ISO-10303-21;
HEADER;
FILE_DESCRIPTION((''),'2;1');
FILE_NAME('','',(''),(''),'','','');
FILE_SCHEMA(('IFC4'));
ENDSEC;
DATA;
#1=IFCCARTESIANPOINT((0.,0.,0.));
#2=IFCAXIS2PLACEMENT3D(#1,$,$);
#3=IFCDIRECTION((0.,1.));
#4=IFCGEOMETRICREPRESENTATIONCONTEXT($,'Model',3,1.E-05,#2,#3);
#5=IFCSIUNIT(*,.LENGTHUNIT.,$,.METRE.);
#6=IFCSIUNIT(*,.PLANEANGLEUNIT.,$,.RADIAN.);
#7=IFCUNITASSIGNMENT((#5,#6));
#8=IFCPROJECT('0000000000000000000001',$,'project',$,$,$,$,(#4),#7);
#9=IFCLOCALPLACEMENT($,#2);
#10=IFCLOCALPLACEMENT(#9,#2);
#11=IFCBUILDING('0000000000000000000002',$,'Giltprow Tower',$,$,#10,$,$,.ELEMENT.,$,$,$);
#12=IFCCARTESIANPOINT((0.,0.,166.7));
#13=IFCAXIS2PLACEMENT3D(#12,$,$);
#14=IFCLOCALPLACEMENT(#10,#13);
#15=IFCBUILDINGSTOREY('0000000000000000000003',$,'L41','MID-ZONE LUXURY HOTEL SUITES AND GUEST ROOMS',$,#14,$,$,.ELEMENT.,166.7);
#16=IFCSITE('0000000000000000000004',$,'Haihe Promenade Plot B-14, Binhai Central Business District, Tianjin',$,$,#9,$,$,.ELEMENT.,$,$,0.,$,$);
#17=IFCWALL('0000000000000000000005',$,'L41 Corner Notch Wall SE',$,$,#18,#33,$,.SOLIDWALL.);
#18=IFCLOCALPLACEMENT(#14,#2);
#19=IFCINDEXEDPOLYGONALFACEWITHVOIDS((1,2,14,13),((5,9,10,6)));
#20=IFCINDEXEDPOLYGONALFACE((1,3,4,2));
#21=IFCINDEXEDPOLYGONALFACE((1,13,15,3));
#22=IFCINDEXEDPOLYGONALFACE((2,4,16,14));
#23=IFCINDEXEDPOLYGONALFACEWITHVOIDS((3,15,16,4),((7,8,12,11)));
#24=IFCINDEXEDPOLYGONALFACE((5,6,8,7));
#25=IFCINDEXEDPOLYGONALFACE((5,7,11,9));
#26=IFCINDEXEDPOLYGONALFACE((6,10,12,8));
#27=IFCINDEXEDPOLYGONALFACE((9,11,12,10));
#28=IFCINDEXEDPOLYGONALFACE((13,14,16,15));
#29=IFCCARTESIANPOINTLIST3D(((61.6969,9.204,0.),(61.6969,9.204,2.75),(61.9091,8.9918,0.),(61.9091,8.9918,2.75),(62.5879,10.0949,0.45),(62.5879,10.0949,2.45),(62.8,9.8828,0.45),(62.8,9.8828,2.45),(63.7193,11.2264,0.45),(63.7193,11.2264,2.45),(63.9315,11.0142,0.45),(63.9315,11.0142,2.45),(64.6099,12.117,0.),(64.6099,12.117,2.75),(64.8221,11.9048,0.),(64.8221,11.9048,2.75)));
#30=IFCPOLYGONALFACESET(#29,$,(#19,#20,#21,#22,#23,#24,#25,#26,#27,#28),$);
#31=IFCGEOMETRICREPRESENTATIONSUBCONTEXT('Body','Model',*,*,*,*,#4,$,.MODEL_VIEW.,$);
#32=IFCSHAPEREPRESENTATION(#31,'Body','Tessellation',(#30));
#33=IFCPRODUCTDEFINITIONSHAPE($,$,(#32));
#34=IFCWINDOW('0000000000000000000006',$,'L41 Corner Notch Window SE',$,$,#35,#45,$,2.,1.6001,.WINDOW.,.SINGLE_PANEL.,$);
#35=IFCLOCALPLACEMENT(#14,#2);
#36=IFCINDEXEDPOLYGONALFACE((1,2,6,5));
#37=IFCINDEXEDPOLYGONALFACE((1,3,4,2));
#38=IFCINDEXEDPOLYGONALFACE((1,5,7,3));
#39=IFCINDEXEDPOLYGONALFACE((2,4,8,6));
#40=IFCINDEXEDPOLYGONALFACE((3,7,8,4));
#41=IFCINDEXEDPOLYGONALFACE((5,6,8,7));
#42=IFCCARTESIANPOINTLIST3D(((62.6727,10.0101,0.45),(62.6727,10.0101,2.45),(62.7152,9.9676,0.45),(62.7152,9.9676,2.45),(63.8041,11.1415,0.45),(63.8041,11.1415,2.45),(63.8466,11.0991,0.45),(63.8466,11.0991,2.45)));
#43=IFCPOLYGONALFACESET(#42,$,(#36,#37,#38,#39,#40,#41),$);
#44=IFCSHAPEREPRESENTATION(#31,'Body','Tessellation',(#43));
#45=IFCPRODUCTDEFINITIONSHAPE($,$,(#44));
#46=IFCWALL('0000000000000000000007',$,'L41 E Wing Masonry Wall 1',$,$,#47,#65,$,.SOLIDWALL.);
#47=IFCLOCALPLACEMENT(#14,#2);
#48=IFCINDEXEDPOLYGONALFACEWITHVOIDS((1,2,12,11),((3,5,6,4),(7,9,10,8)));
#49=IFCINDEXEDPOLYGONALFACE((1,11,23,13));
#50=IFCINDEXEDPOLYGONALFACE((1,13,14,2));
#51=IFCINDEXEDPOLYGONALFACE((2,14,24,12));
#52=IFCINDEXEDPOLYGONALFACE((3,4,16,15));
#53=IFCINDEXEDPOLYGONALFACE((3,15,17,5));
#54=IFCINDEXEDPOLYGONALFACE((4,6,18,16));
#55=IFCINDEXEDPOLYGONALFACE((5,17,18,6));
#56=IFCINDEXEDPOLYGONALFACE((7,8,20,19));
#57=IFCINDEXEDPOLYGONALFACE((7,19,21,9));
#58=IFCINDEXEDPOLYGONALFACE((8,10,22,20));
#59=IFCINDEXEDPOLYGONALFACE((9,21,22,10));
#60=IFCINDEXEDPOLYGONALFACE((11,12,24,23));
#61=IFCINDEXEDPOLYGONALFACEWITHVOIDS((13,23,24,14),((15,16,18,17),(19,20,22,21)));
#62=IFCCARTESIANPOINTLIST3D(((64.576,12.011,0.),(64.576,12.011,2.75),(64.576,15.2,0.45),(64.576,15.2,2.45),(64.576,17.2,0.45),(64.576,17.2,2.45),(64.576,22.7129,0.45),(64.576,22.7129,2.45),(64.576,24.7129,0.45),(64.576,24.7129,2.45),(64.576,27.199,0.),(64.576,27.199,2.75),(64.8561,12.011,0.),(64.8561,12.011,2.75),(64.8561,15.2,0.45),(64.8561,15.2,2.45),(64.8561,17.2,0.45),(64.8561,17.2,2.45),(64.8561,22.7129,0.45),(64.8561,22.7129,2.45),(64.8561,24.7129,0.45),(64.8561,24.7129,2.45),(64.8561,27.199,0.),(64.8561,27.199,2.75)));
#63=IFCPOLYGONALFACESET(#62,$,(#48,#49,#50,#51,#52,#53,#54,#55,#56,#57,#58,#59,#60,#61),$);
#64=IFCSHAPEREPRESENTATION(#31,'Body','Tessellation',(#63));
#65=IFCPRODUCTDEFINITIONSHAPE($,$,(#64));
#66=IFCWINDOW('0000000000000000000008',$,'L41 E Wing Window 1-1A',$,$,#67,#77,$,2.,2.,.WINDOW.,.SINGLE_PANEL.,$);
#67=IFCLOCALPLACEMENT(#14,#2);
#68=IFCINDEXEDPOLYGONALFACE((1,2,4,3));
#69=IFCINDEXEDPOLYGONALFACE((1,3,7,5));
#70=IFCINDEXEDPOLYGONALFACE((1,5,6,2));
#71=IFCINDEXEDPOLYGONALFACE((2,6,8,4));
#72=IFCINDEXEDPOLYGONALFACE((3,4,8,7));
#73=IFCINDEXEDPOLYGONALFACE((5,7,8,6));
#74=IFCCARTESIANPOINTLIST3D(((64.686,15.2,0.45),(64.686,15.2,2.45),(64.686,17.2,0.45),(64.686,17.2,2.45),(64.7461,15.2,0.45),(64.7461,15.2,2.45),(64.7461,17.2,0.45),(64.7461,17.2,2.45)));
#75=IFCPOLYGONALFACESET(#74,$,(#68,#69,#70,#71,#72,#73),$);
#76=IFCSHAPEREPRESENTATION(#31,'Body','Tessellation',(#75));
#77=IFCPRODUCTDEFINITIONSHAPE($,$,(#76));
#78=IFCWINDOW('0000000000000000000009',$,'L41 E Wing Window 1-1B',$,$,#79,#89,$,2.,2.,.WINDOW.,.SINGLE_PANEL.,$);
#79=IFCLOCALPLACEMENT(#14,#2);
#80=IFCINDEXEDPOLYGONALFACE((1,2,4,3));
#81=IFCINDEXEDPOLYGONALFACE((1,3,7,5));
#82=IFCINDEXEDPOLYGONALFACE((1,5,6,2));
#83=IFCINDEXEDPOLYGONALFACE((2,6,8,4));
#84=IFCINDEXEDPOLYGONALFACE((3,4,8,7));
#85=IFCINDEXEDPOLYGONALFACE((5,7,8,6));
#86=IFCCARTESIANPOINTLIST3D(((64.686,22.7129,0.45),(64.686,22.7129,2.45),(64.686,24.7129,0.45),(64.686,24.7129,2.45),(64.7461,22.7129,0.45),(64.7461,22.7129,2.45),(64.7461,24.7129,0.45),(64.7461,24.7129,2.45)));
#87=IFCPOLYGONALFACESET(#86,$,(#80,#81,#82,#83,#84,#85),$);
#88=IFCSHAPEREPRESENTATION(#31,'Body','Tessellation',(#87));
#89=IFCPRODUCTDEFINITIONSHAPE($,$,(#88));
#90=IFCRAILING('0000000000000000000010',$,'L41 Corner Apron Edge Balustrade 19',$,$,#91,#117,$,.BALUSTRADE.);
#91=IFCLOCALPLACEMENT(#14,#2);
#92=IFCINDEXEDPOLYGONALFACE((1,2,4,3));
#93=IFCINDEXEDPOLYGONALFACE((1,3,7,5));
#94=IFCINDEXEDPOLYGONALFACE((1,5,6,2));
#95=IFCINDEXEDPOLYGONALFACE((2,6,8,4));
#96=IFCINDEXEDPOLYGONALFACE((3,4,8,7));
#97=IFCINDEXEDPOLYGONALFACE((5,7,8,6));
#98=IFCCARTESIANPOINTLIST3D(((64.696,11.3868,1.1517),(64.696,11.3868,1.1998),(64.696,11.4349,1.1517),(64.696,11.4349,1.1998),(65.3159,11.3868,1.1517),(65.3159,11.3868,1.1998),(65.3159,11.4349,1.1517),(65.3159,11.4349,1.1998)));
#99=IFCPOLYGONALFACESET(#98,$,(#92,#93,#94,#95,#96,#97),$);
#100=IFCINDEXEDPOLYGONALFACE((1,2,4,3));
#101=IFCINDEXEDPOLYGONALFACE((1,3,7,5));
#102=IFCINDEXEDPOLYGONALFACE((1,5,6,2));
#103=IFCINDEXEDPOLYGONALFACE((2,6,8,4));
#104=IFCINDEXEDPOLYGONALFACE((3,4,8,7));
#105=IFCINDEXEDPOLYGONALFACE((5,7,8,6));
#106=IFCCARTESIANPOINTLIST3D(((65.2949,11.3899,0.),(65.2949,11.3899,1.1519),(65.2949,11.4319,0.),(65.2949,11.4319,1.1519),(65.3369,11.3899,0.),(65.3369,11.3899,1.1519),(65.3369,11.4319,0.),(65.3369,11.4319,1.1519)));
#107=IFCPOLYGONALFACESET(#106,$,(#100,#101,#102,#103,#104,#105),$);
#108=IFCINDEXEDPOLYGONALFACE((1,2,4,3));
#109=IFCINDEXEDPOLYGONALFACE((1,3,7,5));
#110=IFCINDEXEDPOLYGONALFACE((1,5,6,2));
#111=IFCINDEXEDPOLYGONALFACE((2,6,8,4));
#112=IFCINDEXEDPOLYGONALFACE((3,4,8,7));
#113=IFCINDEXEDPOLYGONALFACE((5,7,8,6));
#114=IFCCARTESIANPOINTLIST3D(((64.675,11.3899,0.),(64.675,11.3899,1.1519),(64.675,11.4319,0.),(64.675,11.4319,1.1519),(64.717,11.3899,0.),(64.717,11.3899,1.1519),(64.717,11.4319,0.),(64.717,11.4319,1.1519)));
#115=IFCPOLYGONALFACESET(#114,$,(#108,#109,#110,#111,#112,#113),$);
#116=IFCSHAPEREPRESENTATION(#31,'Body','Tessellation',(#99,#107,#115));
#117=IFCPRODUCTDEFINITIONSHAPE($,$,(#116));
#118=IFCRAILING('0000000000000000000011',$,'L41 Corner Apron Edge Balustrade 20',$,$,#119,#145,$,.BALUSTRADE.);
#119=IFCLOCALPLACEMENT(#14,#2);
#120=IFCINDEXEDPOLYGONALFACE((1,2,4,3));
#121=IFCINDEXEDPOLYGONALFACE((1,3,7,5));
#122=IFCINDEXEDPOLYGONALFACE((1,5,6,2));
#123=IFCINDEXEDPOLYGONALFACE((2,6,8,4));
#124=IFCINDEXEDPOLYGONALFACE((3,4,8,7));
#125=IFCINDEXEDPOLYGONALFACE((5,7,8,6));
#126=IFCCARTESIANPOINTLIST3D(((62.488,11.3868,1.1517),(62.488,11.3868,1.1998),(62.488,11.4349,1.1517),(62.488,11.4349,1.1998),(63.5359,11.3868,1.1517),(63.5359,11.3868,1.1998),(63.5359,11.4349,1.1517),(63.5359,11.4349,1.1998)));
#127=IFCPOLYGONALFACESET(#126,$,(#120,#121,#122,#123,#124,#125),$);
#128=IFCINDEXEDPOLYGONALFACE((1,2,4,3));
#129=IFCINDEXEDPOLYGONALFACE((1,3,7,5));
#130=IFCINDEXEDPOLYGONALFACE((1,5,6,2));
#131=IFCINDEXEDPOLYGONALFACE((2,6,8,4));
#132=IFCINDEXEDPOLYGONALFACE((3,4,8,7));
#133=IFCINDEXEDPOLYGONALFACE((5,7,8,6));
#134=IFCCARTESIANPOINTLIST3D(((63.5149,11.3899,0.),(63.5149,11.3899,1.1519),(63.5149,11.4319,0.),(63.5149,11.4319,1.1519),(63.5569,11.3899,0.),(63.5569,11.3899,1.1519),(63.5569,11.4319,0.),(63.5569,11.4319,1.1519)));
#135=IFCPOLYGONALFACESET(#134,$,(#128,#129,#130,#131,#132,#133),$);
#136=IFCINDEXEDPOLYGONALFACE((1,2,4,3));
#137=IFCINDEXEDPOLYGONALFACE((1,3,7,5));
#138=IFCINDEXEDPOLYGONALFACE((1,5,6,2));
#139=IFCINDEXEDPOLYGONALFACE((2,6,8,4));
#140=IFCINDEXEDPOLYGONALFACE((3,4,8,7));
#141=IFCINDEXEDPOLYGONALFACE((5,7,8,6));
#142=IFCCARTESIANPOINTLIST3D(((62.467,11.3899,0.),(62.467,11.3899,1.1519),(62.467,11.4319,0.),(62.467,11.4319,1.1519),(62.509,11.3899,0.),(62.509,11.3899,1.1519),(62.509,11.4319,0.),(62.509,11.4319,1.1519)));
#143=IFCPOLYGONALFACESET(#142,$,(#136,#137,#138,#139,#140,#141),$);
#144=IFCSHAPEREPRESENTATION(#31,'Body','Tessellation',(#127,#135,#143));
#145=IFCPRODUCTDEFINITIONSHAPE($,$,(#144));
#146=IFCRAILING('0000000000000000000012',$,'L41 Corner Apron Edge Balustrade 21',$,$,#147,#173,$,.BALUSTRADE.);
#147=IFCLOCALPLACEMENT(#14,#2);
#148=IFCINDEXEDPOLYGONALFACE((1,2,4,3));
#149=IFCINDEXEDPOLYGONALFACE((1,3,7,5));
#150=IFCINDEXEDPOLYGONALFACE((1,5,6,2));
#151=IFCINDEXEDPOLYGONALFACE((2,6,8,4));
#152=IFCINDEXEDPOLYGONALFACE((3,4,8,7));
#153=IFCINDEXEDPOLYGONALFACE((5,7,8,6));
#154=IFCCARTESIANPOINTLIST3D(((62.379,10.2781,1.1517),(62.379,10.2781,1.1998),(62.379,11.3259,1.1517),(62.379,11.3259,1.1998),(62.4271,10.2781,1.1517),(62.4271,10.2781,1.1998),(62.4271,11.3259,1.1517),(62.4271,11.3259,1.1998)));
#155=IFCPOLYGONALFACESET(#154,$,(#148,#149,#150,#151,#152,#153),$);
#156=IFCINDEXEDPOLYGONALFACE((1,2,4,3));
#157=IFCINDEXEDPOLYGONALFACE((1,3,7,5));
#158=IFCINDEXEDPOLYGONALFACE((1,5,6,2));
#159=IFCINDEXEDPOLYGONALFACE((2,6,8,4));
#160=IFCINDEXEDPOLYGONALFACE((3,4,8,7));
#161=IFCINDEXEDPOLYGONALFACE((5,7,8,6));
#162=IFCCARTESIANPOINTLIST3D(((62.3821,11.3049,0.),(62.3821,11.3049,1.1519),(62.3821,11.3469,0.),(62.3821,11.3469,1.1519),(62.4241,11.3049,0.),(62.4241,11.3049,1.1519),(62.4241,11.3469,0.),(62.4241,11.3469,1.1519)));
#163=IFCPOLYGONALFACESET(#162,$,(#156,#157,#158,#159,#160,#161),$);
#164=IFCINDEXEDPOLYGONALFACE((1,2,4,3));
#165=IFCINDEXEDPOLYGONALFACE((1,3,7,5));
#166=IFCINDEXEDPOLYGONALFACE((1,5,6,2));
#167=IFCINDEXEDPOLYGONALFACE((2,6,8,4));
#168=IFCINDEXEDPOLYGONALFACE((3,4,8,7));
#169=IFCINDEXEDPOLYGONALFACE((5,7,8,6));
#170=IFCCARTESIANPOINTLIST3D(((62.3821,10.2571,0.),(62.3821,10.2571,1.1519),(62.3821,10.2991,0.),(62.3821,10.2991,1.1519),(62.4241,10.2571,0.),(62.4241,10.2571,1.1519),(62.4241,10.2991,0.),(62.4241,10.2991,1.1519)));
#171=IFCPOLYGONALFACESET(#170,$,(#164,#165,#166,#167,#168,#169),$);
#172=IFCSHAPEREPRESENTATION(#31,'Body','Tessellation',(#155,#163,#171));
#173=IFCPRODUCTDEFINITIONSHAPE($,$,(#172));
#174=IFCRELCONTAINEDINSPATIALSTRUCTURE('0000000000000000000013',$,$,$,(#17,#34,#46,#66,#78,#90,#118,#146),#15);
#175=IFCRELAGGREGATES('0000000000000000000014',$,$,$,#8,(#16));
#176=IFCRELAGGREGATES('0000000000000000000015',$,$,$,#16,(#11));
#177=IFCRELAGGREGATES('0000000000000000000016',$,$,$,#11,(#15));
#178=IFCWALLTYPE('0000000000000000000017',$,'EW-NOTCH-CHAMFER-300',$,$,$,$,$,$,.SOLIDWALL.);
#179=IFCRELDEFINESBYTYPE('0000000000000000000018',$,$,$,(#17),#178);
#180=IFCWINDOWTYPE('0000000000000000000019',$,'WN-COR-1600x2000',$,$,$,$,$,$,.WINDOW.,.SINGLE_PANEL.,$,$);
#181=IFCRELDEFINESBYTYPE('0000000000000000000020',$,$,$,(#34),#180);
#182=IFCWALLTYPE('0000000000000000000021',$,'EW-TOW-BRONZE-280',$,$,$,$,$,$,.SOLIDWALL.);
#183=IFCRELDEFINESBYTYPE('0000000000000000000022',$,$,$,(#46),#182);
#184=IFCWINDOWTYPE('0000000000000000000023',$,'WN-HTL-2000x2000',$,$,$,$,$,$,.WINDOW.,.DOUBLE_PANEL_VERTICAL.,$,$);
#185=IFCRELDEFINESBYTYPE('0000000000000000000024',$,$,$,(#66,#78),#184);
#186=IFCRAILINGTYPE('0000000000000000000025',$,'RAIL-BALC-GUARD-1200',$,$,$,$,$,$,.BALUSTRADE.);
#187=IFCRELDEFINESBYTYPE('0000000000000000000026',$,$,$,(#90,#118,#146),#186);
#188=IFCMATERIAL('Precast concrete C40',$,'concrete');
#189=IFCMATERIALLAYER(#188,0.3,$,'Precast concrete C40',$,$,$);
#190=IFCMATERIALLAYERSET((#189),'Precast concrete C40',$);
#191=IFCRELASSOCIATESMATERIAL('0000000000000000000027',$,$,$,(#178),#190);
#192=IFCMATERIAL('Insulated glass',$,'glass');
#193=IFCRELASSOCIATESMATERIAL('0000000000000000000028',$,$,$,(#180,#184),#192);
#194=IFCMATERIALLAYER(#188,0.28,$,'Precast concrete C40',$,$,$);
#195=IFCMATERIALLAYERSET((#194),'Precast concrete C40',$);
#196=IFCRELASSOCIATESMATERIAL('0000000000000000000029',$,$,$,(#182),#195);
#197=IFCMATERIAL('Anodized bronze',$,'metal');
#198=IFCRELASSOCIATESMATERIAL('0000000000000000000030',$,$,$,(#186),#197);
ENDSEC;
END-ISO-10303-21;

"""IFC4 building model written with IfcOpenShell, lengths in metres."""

from ifc_helpers import new_model, si_unit, direction, frame, frame_2d, origin, origin_2d, place, context, subcontext, project, spatial, rectangle, extrude, source, transform, mapped, material, layer, layer_set, type_object, element, fill, save


model = new_model("IFC4")

# Units and contexts
model_context = context("Model", 3, precision=1e-05, world=origin(), true_north=direction((0.0, 1.0)))
body_context = subcontext(model_context, "Body", "Model", "MODEL_VIEW")
ifc_project = project(units=[si_unit("LENGTHUNIT", "METRE"), si_unit("PLANEANGLEUNIT", "RADIAN")], contexts=[model_context])

# Site, building, storey
site_placement = place(None, origin())
site = spatial("IfcSite", under=ifc_project, at=site_placement, Name="Haihe Promenade Plot B-14, Binhai Central Business District, Tianjin", CompositionType="ELEMENT", RefElevation=0.0)
building_placement = place(site_placement, origin())
building = spatial("IfcBuilding", under=site, at=building_placement, Name="Giltprow Tower", CompositionType="ELEMENT")
storey_placement = place(building_placement, frame((0.0, 0.0, 166.7)))
storey = spatial("IfcBuildingStorey", under=building, at=storey_placement, Name="L41", Description="MID-ZONE LUXURY HOTEL SUITES AND GUEST ROOMS", CompositionType="ELEMENT", Elevation=166.7)

# Shared definitions
ifc_material_1 = material(Name="Anodized bronze", Category="metal")

# Shared definitions
ifc_material_2 = material(Name="Insulated glass", Category="glass")

# Wall, opening, window
ifc_material_3 = material(Name="Precast concrete C40", Category="concrete")
ifc_layer_1 = layer(ifc_material_3, 0.3, Name="Precast concrete C40")
ifc_layer_set_1 = layer_set([ifc_layer_1], Name="Precast concrete C40")
wall_type_1 = type_object("IfcWallType", Name="EW-NOTCH-CHAMFER-300", PredefinedType="SOLIDWALL", material=ifc_layer_set_1)
wall_1_placement = place(storey_placement, frame((61.803, 9.0979, 0.0), z_axis=(0.0, 0.0, 1.0), x_axis=(0.707107, 0.707107, 0.0)))
wall_1 = element("IfcWall", 1, at=wall_1_placement, inside=storey, type_object=wall_type_1, Name="L41 Corner Notch Wall SE", PredefinedType="SOLIDWALL", context=body_context, shape_type="SweptSolid", body=[
    extrude(rectangle(XDim=4.1196, YDim=0.3, at=frame_2d((2.0598, 0.0))), origin(), (0.0, 0.0, 1.0), 2.75),
])
opening_1_placement = place(wall_1_placement, frame((1.26, 0.0, 0.45)))
opening_1 = element("IfcOpeningElement", 2, at=opening_1_placement, cuts=wall_1, PredefinedType="OPENING", context=body_context, shape_type="SweptSolid", body=[
    extrude(rectangle(XDim=1.6001, YDim=2.0, at=frame_2d((0.8, 1.0))), frame((0.0, 0.1599, 0.0), z_axis=(0.0, -1.0, 0.0), x_axis=(1.0, 0.0, 0.0)), (0.0, 0.0, 1.0), 0.3201),
])
window_type_1 = type_object("IfcWindowType", Name="WN-COR-1600x2000", PartitioningType="SINGLE_PANEL", PredefinedType="WINDOW", material=ifc_material_2)
shared_shape_1 = source(origin(), body_context, "Body", "SweptSolid", [
    extrude(rectangle(XDim=1.6001, YDim=2.0, at=frame_2d((0.8, 1.0))), frame((0.0, 0.03, 0.0), z_axis=(0.0, -1.0, 0.0), x_axis=(1.0, 0.0, 0.0)), (0.0, 0.0, 1.0), 0.0601),
])
window_1_placement = place(opening_1_placement, origin())
window_1 = element("IfcWindow", 3, at=window_1_placement, inside=storey, type_object=window_type_1, Name="L41 Corner Notch Window SE", OverallHeight=2.0, OverallWidth=1.6001, PartitioningType="SINGLE_PANEL", PredefinedType="WINDOW", context=body_context, shape_type="MappedRepresentation", body=[
    mapped(shared_shape_1, transform((0.0, 0.0, 0.0), x_axis=(1.0, 0.0, 0.0), y_axis=(0.0, 1.0, 0.0), z_axis=(0.0, 0.0, 1.0), scale=1.0)),
])
fill(opening_1, window_1)

# Wall, openings, windows
ifc_layer_2 = layer(ifc_material_3, 0.28, Name="Precast concrete C40")
ifc_layer_set_2 = layer_set([ifc_layer_2], Name="Precast concrete C40")
wall_type_2 = type_object("IfcWallType", Name="EW-TOW-BRONZE-280", PredefinedType="SOLIDWALL", material=ifc_layer_set_2)
wall_2_placement = place(storey_placement, frame((64.7161, 12.011, 0.0), z_axis=(0.0, 0.0, 1.0), x_axis=(0.0, 1.0, 0.0)))
wall_2 = element("IfcWall", 4, at=wall_2_placement, inside=storey, type_object=wall_type_2, Name="L41 E Wing Masonry Wall 1", PredefinedType="SOLIDWALL", context=body_context, shape_type="SweptSolid", body=[
    extrude(rectangle(XDim=15.188, YDim=0.28, at=frame_2d((7.594, 0.0))), origin(), (0.0, 0.0, 1.0), 2.75),
])
opening_2_placement = place(wall_2_placement, frame((3.189, 0.0, 0.45)))
opening_2 = element("IfcOpeningElement", 5, at=opening_2_placement, cuts=wall_2, PredefinedType="OPENING", context=body_context, shape_type="SweptSolid", body=[
    extrude(rectangle(XDim=2.0, YDim=2.0, at=frame_2d((1.0, 1.0))), frame((0.0, 0.1499, 0.0), z_axis=(0.0, -1.0, 0.0), x_axis=(1.0, 0.0, 0.0)), (0.0, 0.0, 1.0), 0.3),
])
opening_3_placement = place(wall_2_placement, frame((10.7019, 0.0, 0.45)))
opening_3 = element("IfcOpeningElement", 6, at=opening_3_placement, cuts=wall_2, PredefinedType="OPENING", context=body_context, shape_type="SweptSolid", body=[
    extrude(rectangle(XDim=2.0, YDim=2.0, at=frame_2d((1.0, 1.0))), frame((0.0, 0.1499, 0.0), z_axis=(0.0, -1.0, 0.0), x_axis=(1.0, 0.0, 0.0)), (0.0, 0.0, 1.0), 0.3),
])
window_type_2 = type_object("IfcWindowType", Name="WN-HTL-2000x2000", PartitioningType="DOUBLE_PANEL_VERTICAL", PredefinedType="WINDOW", material=ifc_material_2)
shared_shape_2 = source(origin(), body_context, "Body", "SweptSolid", [
    extrude(rectangle(XDim=2.0, YDim=2.0, at=frame_2d((1.0, 1.0))), frame((0.0, 0.03, 0.0), z_axis=(0.0, -1.0, 0.0), x_axis=(1.0, 0.0, 0.0)), (0.0, 0.0, 1.0), 0.0601),
])
window_2_placement = place(opening_2_placement, origin())
window_2 = element("IfcWindow", 7, at=window_2_placement, inside=storey, type_object=window_type_2, Name="L41 E Wing Window 1-1A", OverallHeight=2.0, OverallWidth=2.0, PartitioningType="SINGLE_PANEL", PredefinedType="WINDOW", context=body_context, shape_type="MappedRepresentation", body=[
    mapped(shared_shape_2, transform((0.0, 0.0, 0.0), x_axis=(1.0, 0.0, 0.0), y_axis=(0.0, 1.0, 0.0), z_axis=(0.0, 0.0, 1.0), scale=1.0)),
])
fill(opening_2, window_2)
window_3_placement = place(opening_3_placement, origin())
window_3 = element("IfcWindow", 8, at=window_3_placement, inside=storey, type_object=window_type_2, Name="L41 E Wing Window 1-1B", OverallHeight=2.0, OverallWidth=2.0, PartitioningType="SINGLE_PANEL", PredefinedType="WINDOW", context=body_context, shape_type="MappedRepresentation", body=[
    mapped(shared_shape_2, transform((0.0, 0.0, 0.0), x_axis=(1.0, 0.0, 0.0), y_axis=(0.0, 1.0, 0.0), z_axis=(0.0, 0.0, 1.0), scale=1.0)),
])
fill(opening_3, window_3)

# Railings
railing_type = type_object("IfcRailingType", Name="RAIL-BALC-GUARD-1200", PredefinedType="BALUSTRADE", material=ifc_material_1)
railing_1_placement = place(storey_placement, frame((65.3159, 11.4109, 0.0)))
element("IfcRailing", 9, at=railing_1_placement, inside=storey, type_object=railing_type, Name="L41 Corner Apron Edge Balustrade 19", PredefinedType="BALUSTRADE", context=body_context, shape_type="SweptSolid", body=[
    extrude(rectangle(XDim=0.0481, YDim=0.0481, at=origin_2d()), frame((0.0, 0.0, 1.1758), z_axis=(-1.0, 0.0, 0.0), x_axis=(0.0, -1.0, 0.0)), (0.0, 0.0, 1.0), 0.6199),
    extrude(rectangle(XDim=0.042, YDim=0.042, at=origin_2d()), origin(), (0.0, 0.0, 1.0), 1.1519),
    extrude(rectangle(XDim=0.042, YDim=0.042, at=origin_2d()), frame((-0.6199, 0.0, 0.0)), (0.0, 0.0, 1.0), 1.1519),
])
railing_2_placement = place(storey_placement, frame((63.5359, 11.4109, 0.0)))
element("IfcRailing", 10, at=railing_2_placement, inside=storey, type_object=railing_type, Name="L41 Corner Apron Edge Balustrade 20", PredefinedType="BALUSTRADE", context=body_context, shape_type="SweptSolid", body=[
    extrude(rectangle(XDim=0.0481, YDim=0.0481, at=origin_2d()), frame((0.0, 0.0, 1.1758), z_axis=(-1.0, 0.0, 0.0), x_axis=(0.0, -1.0, 0.0)), (0.0, 0.0, 1.0), 1.0479),
    extrude(rectangle(XDim=0.042, YDim=0.042, at=origin_2d()), origin(), (0.0, 0.0, 1.0), 1.1519),
    extrude(rectangle(XDim=0.042, YDim=0.042, at=origin_2d()), frame((-1.0479, 0.0, 0.0)), (0.0, 0.0, 1.0), 1.1519),
])
railing_3_placement = place(storey_placement, frame((62.4031, 11.3259, 0.0)))
element("IfcRailing", 11, at=railing_3_placement, inside=storey, type_object=railing_type, Name="L41 Corner Apron Edge Balustrade 21", PredefinedType="BALUSTRADE", context=body_context, shape_type="SweptSolid", body=[
    extrude(rectangle(XDim=0.0481, YDim=0.0481, at=origin_2d()), frame((0.0, 0.0, 1.1758), z_axis=(0.0, -1.0, 0.0), x_axis=(1.0, 0.0, 0.0)), (0.0, 0.0, 1.0), 1.0479),
    extrude(rectangle(XDim=0.042, YDim=0.042, at=origin_2d()), origin(), (0.0, 0.0, 1.0), 1.1519),
    extrude(rectangle(XDim=0.042, YDim=0.042, at=origin_2d()), frame((0.0, -1.0479, 0.0)), (0.0, 0.0, 1.0), 1.1519),
])

save(model, "model.ifc")
